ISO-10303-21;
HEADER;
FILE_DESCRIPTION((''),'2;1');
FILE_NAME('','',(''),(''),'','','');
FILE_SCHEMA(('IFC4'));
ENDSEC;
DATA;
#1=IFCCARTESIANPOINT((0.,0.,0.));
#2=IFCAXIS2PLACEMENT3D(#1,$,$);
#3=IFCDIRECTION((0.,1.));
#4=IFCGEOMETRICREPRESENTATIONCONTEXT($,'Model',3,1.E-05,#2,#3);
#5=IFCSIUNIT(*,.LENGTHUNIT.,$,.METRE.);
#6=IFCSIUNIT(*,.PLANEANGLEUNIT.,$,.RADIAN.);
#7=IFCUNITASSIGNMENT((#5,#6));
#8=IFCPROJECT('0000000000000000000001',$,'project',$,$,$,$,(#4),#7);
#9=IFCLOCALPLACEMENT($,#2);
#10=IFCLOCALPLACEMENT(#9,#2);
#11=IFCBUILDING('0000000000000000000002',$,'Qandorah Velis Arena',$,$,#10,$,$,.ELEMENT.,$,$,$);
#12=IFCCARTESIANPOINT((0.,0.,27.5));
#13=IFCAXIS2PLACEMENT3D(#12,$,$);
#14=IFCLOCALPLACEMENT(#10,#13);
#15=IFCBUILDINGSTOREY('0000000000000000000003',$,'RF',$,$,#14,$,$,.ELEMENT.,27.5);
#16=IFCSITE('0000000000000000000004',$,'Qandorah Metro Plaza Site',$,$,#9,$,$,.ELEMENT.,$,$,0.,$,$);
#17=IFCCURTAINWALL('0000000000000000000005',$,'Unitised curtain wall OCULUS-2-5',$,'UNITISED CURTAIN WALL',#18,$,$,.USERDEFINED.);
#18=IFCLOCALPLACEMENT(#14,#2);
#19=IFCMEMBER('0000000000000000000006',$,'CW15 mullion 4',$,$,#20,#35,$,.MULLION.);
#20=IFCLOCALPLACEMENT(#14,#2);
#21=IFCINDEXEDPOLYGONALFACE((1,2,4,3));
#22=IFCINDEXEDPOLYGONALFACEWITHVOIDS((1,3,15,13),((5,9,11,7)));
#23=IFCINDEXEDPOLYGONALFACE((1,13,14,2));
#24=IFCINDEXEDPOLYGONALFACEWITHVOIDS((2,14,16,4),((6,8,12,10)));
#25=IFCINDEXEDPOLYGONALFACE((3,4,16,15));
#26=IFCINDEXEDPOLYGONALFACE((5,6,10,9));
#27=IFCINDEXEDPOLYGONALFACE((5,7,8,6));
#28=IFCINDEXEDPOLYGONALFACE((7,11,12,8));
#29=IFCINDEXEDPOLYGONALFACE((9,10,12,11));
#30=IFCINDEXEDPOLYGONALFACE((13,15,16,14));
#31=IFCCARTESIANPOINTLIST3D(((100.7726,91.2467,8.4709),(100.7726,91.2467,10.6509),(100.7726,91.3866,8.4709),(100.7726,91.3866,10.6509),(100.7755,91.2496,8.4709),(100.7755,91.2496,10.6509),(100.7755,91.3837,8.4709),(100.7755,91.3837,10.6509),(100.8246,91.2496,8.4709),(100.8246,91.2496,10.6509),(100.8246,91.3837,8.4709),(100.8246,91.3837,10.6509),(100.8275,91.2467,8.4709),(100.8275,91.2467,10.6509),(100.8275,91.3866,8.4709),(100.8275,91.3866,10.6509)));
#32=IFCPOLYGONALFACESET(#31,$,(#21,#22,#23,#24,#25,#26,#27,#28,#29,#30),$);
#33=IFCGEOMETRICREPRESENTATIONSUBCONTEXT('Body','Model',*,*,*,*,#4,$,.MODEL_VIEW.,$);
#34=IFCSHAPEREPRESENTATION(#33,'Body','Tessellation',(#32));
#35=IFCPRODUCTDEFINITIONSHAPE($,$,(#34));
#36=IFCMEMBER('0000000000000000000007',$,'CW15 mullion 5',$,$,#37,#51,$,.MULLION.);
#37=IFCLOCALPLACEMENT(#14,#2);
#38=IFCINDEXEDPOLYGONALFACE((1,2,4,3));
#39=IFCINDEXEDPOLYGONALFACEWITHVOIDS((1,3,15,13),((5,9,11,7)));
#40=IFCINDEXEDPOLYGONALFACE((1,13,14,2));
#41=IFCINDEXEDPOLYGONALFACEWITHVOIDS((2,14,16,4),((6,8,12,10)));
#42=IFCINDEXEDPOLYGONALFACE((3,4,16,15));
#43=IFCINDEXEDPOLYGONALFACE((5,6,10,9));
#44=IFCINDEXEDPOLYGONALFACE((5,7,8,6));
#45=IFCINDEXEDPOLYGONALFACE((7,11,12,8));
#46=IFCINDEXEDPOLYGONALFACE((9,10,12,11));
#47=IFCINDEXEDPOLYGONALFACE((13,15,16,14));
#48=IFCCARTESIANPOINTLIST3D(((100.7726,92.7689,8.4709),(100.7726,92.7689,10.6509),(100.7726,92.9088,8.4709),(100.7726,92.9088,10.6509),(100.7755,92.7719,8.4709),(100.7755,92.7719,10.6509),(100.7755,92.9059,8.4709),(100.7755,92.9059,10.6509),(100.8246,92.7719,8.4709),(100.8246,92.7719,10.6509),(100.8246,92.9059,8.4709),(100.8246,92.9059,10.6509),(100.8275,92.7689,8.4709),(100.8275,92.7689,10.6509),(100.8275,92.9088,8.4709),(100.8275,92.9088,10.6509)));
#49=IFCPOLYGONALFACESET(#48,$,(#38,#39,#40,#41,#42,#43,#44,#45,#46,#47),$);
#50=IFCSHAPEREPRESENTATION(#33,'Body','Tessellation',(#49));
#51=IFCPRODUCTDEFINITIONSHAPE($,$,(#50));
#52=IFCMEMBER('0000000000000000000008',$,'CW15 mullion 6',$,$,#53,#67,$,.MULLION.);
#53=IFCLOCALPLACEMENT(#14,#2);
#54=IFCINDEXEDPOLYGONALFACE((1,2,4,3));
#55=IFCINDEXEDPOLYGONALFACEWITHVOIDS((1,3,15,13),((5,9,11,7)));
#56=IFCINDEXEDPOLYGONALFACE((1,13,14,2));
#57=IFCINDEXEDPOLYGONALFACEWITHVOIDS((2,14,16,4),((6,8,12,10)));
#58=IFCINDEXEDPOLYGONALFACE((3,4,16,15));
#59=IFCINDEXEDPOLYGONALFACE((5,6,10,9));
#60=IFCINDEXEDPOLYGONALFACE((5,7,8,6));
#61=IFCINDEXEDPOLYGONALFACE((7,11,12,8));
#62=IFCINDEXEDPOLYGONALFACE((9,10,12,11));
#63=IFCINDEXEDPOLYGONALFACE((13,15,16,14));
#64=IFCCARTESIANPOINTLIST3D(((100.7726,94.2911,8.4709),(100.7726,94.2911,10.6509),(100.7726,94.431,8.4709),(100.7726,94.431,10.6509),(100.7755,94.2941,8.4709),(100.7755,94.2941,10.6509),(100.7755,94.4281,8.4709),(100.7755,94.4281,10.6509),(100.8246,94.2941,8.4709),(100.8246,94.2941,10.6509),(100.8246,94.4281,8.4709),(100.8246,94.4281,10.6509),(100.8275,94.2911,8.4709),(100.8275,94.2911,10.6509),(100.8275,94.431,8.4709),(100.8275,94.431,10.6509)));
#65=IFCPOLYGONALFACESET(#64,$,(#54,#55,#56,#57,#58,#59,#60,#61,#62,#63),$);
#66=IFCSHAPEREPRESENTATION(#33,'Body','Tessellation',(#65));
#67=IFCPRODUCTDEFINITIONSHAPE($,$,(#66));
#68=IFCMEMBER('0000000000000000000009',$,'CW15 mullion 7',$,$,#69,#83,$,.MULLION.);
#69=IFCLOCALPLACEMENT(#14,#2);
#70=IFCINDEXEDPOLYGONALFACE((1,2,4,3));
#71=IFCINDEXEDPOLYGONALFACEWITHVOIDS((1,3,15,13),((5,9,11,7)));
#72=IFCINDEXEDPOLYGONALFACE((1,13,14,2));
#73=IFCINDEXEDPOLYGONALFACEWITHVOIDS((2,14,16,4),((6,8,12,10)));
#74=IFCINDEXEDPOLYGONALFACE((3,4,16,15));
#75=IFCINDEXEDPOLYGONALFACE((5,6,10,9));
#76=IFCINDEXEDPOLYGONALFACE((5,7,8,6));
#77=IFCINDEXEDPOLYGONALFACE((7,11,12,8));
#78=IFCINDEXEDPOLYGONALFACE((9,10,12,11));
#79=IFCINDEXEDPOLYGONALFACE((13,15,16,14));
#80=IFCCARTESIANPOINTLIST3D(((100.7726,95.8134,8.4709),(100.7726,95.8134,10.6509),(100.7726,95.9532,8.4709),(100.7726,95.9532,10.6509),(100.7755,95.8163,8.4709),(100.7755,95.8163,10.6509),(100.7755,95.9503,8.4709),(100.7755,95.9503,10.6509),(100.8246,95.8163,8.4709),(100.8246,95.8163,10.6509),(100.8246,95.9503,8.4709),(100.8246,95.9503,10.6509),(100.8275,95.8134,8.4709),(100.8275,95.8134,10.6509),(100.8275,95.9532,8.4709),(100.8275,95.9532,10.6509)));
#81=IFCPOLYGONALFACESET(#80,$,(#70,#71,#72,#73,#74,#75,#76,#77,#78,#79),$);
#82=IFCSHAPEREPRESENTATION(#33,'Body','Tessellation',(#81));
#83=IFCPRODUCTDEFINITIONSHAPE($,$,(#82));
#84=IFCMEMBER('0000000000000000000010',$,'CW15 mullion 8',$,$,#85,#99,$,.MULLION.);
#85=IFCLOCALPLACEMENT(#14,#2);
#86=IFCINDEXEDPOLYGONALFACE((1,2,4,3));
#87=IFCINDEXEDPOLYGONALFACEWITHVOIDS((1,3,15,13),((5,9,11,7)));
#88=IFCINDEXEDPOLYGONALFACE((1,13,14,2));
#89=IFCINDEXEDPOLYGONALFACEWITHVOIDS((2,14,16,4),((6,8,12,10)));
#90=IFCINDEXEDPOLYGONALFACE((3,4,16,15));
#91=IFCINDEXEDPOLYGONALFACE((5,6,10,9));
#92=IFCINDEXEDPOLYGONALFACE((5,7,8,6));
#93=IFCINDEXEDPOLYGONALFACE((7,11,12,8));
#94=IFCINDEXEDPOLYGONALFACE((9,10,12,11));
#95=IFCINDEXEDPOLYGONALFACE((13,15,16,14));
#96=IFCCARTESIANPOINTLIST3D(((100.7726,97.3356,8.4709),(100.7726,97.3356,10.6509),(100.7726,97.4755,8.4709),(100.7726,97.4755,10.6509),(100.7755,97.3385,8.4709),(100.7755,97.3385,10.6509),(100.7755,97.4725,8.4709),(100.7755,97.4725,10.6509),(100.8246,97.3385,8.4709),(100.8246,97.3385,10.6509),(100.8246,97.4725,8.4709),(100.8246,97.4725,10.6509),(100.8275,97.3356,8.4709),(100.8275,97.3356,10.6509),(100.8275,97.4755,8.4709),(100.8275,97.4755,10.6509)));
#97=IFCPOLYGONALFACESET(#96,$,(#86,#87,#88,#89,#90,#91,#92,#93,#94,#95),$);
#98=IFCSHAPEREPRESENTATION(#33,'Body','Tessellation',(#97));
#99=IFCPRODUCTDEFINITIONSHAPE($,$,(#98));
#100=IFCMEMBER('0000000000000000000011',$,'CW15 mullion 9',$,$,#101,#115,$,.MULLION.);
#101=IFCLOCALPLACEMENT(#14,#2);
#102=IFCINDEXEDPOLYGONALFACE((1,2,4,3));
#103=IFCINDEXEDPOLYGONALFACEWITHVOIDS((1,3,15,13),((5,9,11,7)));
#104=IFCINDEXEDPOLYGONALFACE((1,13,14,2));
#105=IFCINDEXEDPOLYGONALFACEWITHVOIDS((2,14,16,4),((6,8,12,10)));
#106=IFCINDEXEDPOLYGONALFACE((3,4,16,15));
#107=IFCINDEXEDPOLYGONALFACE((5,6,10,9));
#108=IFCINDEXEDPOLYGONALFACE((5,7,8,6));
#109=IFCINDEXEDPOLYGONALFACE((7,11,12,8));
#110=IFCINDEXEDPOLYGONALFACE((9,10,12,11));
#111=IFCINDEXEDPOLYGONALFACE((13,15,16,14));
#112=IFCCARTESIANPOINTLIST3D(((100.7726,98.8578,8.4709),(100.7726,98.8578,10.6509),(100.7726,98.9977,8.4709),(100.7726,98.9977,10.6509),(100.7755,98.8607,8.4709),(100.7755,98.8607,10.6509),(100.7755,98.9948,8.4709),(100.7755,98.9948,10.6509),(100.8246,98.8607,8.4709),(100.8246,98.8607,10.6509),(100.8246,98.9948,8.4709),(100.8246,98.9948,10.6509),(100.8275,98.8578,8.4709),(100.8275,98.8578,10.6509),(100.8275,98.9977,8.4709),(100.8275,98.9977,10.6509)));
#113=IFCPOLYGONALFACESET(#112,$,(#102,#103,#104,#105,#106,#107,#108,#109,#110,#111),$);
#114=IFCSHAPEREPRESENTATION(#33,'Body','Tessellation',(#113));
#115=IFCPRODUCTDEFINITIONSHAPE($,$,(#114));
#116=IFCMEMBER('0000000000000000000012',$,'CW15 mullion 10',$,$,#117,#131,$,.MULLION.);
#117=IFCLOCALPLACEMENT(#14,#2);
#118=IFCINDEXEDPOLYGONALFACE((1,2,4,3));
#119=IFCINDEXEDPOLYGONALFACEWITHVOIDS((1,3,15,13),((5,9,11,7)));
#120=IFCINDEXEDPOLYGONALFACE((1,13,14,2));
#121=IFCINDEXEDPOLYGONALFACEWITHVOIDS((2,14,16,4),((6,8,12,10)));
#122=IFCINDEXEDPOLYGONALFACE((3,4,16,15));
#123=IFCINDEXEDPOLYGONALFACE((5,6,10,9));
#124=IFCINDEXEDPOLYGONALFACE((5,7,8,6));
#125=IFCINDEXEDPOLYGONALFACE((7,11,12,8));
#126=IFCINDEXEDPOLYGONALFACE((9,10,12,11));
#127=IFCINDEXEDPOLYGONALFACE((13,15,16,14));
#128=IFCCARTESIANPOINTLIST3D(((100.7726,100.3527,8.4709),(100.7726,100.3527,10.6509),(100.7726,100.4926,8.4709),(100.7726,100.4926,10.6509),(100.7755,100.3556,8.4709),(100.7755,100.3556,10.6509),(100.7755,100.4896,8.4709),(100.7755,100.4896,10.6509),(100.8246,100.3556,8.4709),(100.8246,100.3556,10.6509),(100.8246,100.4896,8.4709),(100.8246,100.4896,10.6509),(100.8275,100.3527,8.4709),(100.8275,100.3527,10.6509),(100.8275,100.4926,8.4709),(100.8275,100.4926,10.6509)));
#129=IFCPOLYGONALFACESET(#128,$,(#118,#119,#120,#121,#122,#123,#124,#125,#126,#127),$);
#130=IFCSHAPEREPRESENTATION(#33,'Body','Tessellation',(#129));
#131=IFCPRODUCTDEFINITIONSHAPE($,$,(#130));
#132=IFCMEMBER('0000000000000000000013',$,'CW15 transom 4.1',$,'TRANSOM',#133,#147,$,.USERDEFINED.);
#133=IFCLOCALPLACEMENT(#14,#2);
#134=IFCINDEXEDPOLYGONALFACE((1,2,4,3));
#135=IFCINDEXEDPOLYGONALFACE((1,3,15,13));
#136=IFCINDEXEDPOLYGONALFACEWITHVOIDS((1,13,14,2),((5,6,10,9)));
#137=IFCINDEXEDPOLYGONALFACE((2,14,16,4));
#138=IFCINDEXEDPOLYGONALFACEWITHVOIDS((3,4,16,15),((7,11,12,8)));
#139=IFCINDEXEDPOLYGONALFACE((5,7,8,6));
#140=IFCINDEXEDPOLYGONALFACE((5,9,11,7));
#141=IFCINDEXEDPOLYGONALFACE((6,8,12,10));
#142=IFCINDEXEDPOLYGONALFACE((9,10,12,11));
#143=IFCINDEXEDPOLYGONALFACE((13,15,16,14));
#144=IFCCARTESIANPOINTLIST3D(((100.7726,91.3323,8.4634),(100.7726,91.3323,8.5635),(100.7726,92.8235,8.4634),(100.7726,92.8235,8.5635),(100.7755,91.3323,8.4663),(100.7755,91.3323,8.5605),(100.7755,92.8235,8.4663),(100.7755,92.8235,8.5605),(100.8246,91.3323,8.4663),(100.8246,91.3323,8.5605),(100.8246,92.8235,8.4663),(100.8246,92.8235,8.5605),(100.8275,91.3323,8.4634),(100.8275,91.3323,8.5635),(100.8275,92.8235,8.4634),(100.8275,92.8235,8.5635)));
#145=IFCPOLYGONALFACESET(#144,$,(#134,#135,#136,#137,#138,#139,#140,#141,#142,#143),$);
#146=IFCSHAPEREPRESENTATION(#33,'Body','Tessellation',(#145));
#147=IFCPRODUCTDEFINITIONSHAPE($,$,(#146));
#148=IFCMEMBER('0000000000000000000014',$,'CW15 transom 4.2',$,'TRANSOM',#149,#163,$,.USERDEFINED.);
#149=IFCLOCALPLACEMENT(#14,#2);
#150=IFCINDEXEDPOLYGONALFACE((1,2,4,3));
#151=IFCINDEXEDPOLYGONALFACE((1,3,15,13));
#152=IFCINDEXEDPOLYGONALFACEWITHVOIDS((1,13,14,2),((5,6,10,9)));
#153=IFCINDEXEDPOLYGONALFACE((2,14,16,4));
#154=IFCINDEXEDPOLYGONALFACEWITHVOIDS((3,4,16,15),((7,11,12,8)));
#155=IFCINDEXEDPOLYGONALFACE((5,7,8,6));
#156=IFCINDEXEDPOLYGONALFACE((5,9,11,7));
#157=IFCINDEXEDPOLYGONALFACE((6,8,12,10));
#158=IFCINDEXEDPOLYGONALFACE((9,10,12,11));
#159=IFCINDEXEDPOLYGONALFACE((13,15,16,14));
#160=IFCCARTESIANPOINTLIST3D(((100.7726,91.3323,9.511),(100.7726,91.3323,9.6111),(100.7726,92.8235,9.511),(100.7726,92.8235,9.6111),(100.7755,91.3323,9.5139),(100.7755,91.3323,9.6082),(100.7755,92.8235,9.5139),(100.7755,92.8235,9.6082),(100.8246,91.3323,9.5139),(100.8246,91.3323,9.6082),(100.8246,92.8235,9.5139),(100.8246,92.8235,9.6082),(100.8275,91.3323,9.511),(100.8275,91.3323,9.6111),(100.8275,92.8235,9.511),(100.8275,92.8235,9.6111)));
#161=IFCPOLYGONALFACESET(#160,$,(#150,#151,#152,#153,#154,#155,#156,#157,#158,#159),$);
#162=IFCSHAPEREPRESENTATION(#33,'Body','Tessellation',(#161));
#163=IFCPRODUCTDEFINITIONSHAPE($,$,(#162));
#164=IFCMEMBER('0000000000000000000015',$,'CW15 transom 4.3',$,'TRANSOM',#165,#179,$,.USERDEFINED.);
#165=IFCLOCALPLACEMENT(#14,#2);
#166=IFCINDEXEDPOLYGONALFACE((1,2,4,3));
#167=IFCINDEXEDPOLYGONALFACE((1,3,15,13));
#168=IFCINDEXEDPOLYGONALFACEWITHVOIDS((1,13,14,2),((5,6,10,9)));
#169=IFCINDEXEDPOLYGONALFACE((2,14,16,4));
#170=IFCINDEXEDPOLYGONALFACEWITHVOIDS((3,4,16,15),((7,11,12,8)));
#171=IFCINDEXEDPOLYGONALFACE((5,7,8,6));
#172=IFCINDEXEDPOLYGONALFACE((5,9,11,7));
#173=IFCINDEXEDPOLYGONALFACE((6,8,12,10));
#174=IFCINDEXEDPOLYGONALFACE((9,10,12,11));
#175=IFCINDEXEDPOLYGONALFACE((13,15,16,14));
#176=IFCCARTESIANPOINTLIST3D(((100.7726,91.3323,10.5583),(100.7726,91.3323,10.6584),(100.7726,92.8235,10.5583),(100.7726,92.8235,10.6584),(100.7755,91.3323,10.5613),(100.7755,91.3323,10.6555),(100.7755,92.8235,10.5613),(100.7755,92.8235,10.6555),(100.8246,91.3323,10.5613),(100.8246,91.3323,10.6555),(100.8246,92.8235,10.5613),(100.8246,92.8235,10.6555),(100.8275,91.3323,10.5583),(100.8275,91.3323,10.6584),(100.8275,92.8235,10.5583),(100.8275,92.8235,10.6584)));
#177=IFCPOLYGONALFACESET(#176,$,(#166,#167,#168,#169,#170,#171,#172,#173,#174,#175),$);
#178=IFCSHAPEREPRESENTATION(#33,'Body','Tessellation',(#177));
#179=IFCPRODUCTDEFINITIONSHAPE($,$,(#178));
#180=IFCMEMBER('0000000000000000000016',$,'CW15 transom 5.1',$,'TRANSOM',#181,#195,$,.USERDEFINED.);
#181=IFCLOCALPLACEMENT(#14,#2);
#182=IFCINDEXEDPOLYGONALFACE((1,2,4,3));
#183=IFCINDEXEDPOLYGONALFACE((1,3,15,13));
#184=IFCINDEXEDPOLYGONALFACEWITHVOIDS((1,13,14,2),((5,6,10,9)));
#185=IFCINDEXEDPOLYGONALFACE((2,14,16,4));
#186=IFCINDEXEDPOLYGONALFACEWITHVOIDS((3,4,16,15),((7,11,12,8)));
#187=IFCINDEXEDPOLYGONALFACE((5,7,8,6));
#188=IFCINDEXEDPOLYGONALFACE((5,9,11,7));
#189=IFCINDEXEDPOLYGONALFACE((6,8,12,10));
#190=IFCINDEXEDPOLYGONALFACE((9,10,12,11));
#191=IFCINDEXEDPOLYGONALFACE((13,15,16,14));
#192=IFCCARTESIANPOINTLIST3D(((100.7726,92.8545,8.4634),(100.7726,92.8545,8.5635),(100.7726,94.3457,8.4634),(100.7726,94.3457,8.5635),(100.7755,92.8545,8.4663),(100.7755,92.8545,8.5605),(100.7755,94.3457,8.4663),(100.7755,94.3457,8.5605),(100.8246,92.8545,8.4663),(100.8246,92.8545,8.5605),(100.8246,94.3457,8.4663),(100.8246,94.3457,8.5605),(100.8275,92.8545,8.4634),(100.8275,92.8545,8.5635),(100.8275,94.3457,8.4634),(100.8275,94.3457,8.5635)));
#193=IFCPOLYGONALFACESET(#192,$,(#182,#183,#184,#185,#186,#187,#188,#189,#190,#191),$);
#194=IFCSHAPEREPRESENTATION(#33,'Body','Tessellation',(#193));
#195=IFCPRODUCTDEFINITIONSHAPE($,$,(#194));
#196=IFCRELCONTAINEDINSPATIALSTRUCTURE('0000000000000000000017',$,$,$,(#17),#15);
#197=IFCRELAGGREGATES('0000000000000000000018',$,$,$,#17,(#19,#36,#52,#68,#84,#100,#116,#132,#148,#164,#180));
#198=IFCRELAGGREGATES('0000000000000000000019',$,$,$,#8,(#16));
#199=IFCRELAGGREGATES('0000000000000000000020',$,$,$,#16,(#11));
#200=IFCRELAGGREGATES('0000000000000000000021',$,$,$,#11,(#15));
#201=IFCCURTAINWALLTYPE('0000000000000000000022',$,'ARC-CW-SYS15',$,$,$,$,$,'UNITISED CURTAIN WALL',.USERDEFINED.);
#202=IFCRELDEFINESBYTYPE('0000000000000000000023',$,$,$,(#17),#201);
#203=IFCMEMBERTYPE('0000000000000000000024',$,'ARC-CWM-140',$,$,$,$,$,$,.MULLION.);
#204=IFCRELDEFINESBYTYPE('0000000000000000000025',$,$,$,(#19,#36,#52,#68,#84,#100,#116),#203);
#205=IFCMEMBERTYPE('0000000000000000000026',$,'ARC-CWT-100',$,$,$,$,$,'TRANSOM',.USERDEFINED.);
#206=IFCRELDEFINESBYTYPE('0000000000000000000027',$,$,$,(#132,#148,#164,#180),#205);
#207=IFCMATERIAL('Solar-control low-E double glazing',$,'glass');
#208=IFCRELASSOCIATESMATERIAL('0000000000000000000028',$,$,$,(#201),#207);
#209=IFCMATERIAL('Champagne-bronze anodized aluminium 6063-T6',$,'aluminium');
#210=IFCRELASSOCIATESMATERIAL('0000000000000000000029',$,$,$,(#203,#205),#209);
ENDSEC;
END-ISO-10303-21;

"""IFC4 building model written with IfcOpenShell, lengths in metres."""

from ifc_helpers import new_model, si_unit, direction, frame, origin, origin_2d, place, context, subcontext, project, spatial, hollow_rectangle, extrude, material, material_profile, profile_set, type_object, element, aggregate, save


model = new_model("IFC4")

# Units and contexts
model_context = context("Model", 3, precision=1e-05, world=origin(), true_north=direction((0.0, 1.0)))
body_context = subcontext(model_context, "Body", "Model", "MODEL_VIEW")
ifc_project = project(units=[si_unit("LENGTHUNIT", "METRE"), si_unit("PLANEANGLEUNIT", "RADIAN")], contexts=[model_context])

# Site, building, storey
site_placement = place(None, origin())
site = spatial("IfcSite", under=ifc_project, at=site_placement, Name="Qandorah Metro Plaza Site", CompositionType="ELEMENT", RefElevation=0.0)
building_placement = place(site_placement, origin())
building = spatial("IfcBuilding", under=site, at=building_placement, Name="Qandorah Velis Arena", CompositionType="ELEMENT")
storey_placement = place(building_placement, frame((0.0, 0.0, 27.5)))
storey = spatial("IfcBuildingStorey", under=building, at=storey_placement, Name="RF", CompositionType="ELEMENT", Elevation=27.5)

# Curtain wall, members
ifc_material_1 = material(Name="Solar-control low-E double glazing", Category="glass")
curtain_wall_type = type_object("IfcCurtainWallType", Name="ARC-CW-SYS15", ElementType="UNITISED CURTAIN WALL", PredefinedType="USERDEFINED", material=ifc_material_1)
curtain_wall_placement = place(storey_placement, origin())
curtain_wall = element("IfcCurtainWall", 1, at=curtain_wall_placement, inside=storey, type_object=curtain_wall_type, Name="Unitised curtain wall OCULUS-2-5", ObjectType="UNITISED CURTAIN WALL", PredefinedType="USERDEFINED")
ifc_material_2 = material(Name="Champagne-bronze anodized aluminium 6063-T6", Category="aluminium")
ifc_material_profile_1 = material_profile(ifc_material_2, hollow_rectangle(XDim=0.0549, YDim=0.1399, WallThickness=0.0029, at=origin_2d()), Name="ALU MULLION 55x140")
ifc_profile_set_1 = profile_set([ifc_material_profile_1], Name="Champagne-bronze anodized aluminium 6063-T6")
member_type_1 = type_object("IfcMemberType", Name="ARC-CWM-140", PredefinedType="MULLION", material=ifc_profile_set_1)
member_1_placement = place(storey_placement, frame((100.8, 91.3167, 8.4709), z_axis=(0.0, 0.0, 1.0), x_axis=(-1.0, 0.0, 0.0)))
member_1 = element("IfcMember", 2, at=member_1_placement, type_object=member_type_1, Name="CW15 mullion 4", PredefinedType="MULLION", context=body_context, shape_type="SweptSolid", body=[
    extrude(hollow_rectangle(XDim=0.0549, YDim=0.1399, WallThickness=0.0029, at=origin_2d()), origin(), (0.0, 0.0, 1.0), 2.1799),
])
member_2_placement = place(storey_placement, frame((100.8, 92.8389, 8.4709), z_axis=(0.0, 0.0, 1.0), x_axis=(-1.0, 0.0, 0.0)))
member_2 = element("IfcMember", 3, at=member_2_placement, type_object=member_type_1, Name="CW15 mullion 5", PredefinedType="MULLION", context=body_context, shape_type="SweptSolid", body=[
    extrude(hollow_rectangle(XDim=0.0549, YDim=0.1399, WallThickness=0.0029, at=origin_2d()), origin(), (0.0, 0.0, 1.0), 2.1799),
])
member_3_placement = place(storey_placement, frame((100.8, 94.3611, 8.4709), z_axis=(0.0, 0.0, 1.0), x_axis=(-1.0, 0.0, 0.0)))
member_3 = element("IfcMember", 4, at=member_3_placement, type_object=member_type_1, Name="CW15 mullion 6", PredefinedType="MULLION", context=body_context, shape_type="SweptSolid", body=[
    extrude(hollow_rectangle(XDim=0.0549, YDim=0.1399, WallThickness=0.0029, at=origin_2d()), origin(), (0.0, 0.0, 1.0), 2.1799),
])
member_4_placement = place(storey_placement, frame((100.8, 95.8833, 8.4709), z_axis=(0.0, 0.0, 1.0), x_axis=(-1.0, 0.0, 0.0)))
member_4 = element("IfcMember", 5, at=member_4_placement, type_object=member_type_1, Name="CW15 mullion 7", PredefinedType="MULLION", context=body_context, shape_type="SweptSolid", body=[
    extrude(hollow_rectangle(XDim=0.0549, YDim=0.1399, WallThickness=0.0029, at=origin_2d()), origin(), (0.0, 0.0, 1.0), 2.1799),
])
member_5_placement = place(storey_placement, frame((100.8, 97.4055, 8.4709), z_axis=(0.0, 0.0, 1.0), x_axis=(-1.0, 0.0, 0.0)))
member_5 = element("IfcMember", 6, at=member_5_placement, type_object=member_type_1, Name="CW15 mullion 8", PredefinedType="MULLION", context=body_context, shape_type="SweptSolid", body=[
    extrude(hollow_rectangle(XDim=0.0549, YDim=0.1399, WallThickness=0.0029, at=origin_2d()), origin(), (0.0, 0.0, 1.0), 2.1799),
])
member_6_placement = place(storey_placement, frame((100.8, 98.9277, 8.4709), z_axis=(0.0, 0.0, 1.0), x_axis=(-1.0, 0.0, 0.0)))
member_6 = element("IfcMember", 7, at=member_6_placement, type_object=member_type_1, Name="CW15 mullion 9", PredefinedType="MULLION", context=body_context, shape_type="SweptSolid", body=[
    extrude(hollow_rectangle(XDim=0.0549, YDim=0.1399, WallThickness=0.0029, at=origin_2d()), origin(), (0.0, 0.0, 1.0), 2.1799),
])
member_7_placement = place(storey_placement, frame((100.8, 100.4226, 8.4709), z_axis=(0.0, 0.0, 1.0), x_axis=(-1.0, 0.0, 0.0)))
member_7 = element("IfcMember", 8, at=member_7_placement, type_object=member_type_1, Name="CW15 mullion 10", PredefinedType="MULLION", context=body_context, shape_type="SweptSolid", body=[
    extrude(hollow_rectangle(XDim=0.0549, YDim=0.1399, WallThickness=0.0029, at=origin_2d()), origin(), (0.0, 0.0, 1.0), 2.1799),
])
ifc_material_profile_2 = material_profile(ifc_material_2, hollow_rectangle(XDim=0.0549, YDim=0.1001, WallThickness=0.0029, at=origin_2d()), Name="ALU TRANSOM 55x100")
ifc_profile_set_2 = profile_set([ifc_material_profile_2], Name="Champagne-bronze anodized aluminium 6063-T6")
member_type_2 = type_object("IfcMemberType", Name="ARC-CWT-100", ElementType="TRANSOM", PredefinedType="USERDEFINED", material=ifc_profile_set_2)
member_8_placement = place(storey_placement, frame((100.8, 91.3323, 8.5134), z_axis=(0.0, 1.0, 0.0), x_axis=(-1.0, 0.0, 0.0)))
member_8 = element("IfcMember", 9, at=member_8_placement, type_object=member_type_2, Name="CW15 transom 4.1", ObjectType="TRANSOM", PredefinedType="USERDEFINED", context=body_context, shape_type="SweptSolid", body=[
    extrude(hollow_rectangle(XDim=0.0549, YDim=0.1001, WallThickness=0.0029, at=origin_2d()), origin(), (0.0, 0.0, 1.0), 1.4912),
])
member_9_placement = place(storey_placement, frame((100.8, 91.3323, 9.561), z_axis=(0.0, 1.0, 0.0), x_axis=(-1.0, 0.0, 0.0)))
member_9 = element("IfcMember", 10, at=member_9_placement, type_object=member_type_2, Name="CW15 transom 4.2", ObjectType="TRANSOM", PredefinedType="USERDEFINED", context=body_context, shape_type="SweptSolid", body=[
    extrude(hollow_rectangle(XDim=0.0549, YDim=0.1001, WallThickness=0.0029, at=origin_2d()), origin(), (0.0, 0.0, 1.0), 1.4912),
])
member_10_placement = place(storey_placement, frame((100.8, 91.3323, 10.6084), z_axis=(0.0, 1.0, 0.0), x_axis=(-1.0, 0.0, 0.0)))
member_10 = element("IfcMember", 11, at=member_10_placement, type_object=member_type_2, Name="CW15 transom 4.3", ObjectType="TRANSOM", PredefinedType="USERDEFINED", context=body_context, shape_type="SweptSolid", body=[
    extrude(hollow_rectangle(XDim=0.0549, YDim=0.1001, WallThickness=0.0029, at=origin_2d()), origin(), (0.0, 0.0, 1.0), 1.4912),
])
member_11_placement = place(storey_placement, frame((100.8, 92.8545, 8.5134), z_axis=(0.0, 1.0, 0.0), x_axis=(-1.0, 0.0, 0.0)))
member_11 = element("IfcMember", 12, at=member_11_placement, type_object=member_type_2, Name="CW15 transom 5.1", ObjectType="TRANSOM", PredefinedType="USERDEFINED", context=body_context, shape_type="SweptSolid", body=[
    extrude(hollow_rectangle(XDim=0.0549, YDim=0.1001, WallThickness=0.0029, at=origin_2d()), origin(), (0.0, 0.0, 1.0), 1.4912),
])

aggregate(curtain_wall, [member_1, member_2, member_3, member_4, member_5, member_6, member_7, member_8, member_9, member_10, member_11])

save(model, "model.ifc")
